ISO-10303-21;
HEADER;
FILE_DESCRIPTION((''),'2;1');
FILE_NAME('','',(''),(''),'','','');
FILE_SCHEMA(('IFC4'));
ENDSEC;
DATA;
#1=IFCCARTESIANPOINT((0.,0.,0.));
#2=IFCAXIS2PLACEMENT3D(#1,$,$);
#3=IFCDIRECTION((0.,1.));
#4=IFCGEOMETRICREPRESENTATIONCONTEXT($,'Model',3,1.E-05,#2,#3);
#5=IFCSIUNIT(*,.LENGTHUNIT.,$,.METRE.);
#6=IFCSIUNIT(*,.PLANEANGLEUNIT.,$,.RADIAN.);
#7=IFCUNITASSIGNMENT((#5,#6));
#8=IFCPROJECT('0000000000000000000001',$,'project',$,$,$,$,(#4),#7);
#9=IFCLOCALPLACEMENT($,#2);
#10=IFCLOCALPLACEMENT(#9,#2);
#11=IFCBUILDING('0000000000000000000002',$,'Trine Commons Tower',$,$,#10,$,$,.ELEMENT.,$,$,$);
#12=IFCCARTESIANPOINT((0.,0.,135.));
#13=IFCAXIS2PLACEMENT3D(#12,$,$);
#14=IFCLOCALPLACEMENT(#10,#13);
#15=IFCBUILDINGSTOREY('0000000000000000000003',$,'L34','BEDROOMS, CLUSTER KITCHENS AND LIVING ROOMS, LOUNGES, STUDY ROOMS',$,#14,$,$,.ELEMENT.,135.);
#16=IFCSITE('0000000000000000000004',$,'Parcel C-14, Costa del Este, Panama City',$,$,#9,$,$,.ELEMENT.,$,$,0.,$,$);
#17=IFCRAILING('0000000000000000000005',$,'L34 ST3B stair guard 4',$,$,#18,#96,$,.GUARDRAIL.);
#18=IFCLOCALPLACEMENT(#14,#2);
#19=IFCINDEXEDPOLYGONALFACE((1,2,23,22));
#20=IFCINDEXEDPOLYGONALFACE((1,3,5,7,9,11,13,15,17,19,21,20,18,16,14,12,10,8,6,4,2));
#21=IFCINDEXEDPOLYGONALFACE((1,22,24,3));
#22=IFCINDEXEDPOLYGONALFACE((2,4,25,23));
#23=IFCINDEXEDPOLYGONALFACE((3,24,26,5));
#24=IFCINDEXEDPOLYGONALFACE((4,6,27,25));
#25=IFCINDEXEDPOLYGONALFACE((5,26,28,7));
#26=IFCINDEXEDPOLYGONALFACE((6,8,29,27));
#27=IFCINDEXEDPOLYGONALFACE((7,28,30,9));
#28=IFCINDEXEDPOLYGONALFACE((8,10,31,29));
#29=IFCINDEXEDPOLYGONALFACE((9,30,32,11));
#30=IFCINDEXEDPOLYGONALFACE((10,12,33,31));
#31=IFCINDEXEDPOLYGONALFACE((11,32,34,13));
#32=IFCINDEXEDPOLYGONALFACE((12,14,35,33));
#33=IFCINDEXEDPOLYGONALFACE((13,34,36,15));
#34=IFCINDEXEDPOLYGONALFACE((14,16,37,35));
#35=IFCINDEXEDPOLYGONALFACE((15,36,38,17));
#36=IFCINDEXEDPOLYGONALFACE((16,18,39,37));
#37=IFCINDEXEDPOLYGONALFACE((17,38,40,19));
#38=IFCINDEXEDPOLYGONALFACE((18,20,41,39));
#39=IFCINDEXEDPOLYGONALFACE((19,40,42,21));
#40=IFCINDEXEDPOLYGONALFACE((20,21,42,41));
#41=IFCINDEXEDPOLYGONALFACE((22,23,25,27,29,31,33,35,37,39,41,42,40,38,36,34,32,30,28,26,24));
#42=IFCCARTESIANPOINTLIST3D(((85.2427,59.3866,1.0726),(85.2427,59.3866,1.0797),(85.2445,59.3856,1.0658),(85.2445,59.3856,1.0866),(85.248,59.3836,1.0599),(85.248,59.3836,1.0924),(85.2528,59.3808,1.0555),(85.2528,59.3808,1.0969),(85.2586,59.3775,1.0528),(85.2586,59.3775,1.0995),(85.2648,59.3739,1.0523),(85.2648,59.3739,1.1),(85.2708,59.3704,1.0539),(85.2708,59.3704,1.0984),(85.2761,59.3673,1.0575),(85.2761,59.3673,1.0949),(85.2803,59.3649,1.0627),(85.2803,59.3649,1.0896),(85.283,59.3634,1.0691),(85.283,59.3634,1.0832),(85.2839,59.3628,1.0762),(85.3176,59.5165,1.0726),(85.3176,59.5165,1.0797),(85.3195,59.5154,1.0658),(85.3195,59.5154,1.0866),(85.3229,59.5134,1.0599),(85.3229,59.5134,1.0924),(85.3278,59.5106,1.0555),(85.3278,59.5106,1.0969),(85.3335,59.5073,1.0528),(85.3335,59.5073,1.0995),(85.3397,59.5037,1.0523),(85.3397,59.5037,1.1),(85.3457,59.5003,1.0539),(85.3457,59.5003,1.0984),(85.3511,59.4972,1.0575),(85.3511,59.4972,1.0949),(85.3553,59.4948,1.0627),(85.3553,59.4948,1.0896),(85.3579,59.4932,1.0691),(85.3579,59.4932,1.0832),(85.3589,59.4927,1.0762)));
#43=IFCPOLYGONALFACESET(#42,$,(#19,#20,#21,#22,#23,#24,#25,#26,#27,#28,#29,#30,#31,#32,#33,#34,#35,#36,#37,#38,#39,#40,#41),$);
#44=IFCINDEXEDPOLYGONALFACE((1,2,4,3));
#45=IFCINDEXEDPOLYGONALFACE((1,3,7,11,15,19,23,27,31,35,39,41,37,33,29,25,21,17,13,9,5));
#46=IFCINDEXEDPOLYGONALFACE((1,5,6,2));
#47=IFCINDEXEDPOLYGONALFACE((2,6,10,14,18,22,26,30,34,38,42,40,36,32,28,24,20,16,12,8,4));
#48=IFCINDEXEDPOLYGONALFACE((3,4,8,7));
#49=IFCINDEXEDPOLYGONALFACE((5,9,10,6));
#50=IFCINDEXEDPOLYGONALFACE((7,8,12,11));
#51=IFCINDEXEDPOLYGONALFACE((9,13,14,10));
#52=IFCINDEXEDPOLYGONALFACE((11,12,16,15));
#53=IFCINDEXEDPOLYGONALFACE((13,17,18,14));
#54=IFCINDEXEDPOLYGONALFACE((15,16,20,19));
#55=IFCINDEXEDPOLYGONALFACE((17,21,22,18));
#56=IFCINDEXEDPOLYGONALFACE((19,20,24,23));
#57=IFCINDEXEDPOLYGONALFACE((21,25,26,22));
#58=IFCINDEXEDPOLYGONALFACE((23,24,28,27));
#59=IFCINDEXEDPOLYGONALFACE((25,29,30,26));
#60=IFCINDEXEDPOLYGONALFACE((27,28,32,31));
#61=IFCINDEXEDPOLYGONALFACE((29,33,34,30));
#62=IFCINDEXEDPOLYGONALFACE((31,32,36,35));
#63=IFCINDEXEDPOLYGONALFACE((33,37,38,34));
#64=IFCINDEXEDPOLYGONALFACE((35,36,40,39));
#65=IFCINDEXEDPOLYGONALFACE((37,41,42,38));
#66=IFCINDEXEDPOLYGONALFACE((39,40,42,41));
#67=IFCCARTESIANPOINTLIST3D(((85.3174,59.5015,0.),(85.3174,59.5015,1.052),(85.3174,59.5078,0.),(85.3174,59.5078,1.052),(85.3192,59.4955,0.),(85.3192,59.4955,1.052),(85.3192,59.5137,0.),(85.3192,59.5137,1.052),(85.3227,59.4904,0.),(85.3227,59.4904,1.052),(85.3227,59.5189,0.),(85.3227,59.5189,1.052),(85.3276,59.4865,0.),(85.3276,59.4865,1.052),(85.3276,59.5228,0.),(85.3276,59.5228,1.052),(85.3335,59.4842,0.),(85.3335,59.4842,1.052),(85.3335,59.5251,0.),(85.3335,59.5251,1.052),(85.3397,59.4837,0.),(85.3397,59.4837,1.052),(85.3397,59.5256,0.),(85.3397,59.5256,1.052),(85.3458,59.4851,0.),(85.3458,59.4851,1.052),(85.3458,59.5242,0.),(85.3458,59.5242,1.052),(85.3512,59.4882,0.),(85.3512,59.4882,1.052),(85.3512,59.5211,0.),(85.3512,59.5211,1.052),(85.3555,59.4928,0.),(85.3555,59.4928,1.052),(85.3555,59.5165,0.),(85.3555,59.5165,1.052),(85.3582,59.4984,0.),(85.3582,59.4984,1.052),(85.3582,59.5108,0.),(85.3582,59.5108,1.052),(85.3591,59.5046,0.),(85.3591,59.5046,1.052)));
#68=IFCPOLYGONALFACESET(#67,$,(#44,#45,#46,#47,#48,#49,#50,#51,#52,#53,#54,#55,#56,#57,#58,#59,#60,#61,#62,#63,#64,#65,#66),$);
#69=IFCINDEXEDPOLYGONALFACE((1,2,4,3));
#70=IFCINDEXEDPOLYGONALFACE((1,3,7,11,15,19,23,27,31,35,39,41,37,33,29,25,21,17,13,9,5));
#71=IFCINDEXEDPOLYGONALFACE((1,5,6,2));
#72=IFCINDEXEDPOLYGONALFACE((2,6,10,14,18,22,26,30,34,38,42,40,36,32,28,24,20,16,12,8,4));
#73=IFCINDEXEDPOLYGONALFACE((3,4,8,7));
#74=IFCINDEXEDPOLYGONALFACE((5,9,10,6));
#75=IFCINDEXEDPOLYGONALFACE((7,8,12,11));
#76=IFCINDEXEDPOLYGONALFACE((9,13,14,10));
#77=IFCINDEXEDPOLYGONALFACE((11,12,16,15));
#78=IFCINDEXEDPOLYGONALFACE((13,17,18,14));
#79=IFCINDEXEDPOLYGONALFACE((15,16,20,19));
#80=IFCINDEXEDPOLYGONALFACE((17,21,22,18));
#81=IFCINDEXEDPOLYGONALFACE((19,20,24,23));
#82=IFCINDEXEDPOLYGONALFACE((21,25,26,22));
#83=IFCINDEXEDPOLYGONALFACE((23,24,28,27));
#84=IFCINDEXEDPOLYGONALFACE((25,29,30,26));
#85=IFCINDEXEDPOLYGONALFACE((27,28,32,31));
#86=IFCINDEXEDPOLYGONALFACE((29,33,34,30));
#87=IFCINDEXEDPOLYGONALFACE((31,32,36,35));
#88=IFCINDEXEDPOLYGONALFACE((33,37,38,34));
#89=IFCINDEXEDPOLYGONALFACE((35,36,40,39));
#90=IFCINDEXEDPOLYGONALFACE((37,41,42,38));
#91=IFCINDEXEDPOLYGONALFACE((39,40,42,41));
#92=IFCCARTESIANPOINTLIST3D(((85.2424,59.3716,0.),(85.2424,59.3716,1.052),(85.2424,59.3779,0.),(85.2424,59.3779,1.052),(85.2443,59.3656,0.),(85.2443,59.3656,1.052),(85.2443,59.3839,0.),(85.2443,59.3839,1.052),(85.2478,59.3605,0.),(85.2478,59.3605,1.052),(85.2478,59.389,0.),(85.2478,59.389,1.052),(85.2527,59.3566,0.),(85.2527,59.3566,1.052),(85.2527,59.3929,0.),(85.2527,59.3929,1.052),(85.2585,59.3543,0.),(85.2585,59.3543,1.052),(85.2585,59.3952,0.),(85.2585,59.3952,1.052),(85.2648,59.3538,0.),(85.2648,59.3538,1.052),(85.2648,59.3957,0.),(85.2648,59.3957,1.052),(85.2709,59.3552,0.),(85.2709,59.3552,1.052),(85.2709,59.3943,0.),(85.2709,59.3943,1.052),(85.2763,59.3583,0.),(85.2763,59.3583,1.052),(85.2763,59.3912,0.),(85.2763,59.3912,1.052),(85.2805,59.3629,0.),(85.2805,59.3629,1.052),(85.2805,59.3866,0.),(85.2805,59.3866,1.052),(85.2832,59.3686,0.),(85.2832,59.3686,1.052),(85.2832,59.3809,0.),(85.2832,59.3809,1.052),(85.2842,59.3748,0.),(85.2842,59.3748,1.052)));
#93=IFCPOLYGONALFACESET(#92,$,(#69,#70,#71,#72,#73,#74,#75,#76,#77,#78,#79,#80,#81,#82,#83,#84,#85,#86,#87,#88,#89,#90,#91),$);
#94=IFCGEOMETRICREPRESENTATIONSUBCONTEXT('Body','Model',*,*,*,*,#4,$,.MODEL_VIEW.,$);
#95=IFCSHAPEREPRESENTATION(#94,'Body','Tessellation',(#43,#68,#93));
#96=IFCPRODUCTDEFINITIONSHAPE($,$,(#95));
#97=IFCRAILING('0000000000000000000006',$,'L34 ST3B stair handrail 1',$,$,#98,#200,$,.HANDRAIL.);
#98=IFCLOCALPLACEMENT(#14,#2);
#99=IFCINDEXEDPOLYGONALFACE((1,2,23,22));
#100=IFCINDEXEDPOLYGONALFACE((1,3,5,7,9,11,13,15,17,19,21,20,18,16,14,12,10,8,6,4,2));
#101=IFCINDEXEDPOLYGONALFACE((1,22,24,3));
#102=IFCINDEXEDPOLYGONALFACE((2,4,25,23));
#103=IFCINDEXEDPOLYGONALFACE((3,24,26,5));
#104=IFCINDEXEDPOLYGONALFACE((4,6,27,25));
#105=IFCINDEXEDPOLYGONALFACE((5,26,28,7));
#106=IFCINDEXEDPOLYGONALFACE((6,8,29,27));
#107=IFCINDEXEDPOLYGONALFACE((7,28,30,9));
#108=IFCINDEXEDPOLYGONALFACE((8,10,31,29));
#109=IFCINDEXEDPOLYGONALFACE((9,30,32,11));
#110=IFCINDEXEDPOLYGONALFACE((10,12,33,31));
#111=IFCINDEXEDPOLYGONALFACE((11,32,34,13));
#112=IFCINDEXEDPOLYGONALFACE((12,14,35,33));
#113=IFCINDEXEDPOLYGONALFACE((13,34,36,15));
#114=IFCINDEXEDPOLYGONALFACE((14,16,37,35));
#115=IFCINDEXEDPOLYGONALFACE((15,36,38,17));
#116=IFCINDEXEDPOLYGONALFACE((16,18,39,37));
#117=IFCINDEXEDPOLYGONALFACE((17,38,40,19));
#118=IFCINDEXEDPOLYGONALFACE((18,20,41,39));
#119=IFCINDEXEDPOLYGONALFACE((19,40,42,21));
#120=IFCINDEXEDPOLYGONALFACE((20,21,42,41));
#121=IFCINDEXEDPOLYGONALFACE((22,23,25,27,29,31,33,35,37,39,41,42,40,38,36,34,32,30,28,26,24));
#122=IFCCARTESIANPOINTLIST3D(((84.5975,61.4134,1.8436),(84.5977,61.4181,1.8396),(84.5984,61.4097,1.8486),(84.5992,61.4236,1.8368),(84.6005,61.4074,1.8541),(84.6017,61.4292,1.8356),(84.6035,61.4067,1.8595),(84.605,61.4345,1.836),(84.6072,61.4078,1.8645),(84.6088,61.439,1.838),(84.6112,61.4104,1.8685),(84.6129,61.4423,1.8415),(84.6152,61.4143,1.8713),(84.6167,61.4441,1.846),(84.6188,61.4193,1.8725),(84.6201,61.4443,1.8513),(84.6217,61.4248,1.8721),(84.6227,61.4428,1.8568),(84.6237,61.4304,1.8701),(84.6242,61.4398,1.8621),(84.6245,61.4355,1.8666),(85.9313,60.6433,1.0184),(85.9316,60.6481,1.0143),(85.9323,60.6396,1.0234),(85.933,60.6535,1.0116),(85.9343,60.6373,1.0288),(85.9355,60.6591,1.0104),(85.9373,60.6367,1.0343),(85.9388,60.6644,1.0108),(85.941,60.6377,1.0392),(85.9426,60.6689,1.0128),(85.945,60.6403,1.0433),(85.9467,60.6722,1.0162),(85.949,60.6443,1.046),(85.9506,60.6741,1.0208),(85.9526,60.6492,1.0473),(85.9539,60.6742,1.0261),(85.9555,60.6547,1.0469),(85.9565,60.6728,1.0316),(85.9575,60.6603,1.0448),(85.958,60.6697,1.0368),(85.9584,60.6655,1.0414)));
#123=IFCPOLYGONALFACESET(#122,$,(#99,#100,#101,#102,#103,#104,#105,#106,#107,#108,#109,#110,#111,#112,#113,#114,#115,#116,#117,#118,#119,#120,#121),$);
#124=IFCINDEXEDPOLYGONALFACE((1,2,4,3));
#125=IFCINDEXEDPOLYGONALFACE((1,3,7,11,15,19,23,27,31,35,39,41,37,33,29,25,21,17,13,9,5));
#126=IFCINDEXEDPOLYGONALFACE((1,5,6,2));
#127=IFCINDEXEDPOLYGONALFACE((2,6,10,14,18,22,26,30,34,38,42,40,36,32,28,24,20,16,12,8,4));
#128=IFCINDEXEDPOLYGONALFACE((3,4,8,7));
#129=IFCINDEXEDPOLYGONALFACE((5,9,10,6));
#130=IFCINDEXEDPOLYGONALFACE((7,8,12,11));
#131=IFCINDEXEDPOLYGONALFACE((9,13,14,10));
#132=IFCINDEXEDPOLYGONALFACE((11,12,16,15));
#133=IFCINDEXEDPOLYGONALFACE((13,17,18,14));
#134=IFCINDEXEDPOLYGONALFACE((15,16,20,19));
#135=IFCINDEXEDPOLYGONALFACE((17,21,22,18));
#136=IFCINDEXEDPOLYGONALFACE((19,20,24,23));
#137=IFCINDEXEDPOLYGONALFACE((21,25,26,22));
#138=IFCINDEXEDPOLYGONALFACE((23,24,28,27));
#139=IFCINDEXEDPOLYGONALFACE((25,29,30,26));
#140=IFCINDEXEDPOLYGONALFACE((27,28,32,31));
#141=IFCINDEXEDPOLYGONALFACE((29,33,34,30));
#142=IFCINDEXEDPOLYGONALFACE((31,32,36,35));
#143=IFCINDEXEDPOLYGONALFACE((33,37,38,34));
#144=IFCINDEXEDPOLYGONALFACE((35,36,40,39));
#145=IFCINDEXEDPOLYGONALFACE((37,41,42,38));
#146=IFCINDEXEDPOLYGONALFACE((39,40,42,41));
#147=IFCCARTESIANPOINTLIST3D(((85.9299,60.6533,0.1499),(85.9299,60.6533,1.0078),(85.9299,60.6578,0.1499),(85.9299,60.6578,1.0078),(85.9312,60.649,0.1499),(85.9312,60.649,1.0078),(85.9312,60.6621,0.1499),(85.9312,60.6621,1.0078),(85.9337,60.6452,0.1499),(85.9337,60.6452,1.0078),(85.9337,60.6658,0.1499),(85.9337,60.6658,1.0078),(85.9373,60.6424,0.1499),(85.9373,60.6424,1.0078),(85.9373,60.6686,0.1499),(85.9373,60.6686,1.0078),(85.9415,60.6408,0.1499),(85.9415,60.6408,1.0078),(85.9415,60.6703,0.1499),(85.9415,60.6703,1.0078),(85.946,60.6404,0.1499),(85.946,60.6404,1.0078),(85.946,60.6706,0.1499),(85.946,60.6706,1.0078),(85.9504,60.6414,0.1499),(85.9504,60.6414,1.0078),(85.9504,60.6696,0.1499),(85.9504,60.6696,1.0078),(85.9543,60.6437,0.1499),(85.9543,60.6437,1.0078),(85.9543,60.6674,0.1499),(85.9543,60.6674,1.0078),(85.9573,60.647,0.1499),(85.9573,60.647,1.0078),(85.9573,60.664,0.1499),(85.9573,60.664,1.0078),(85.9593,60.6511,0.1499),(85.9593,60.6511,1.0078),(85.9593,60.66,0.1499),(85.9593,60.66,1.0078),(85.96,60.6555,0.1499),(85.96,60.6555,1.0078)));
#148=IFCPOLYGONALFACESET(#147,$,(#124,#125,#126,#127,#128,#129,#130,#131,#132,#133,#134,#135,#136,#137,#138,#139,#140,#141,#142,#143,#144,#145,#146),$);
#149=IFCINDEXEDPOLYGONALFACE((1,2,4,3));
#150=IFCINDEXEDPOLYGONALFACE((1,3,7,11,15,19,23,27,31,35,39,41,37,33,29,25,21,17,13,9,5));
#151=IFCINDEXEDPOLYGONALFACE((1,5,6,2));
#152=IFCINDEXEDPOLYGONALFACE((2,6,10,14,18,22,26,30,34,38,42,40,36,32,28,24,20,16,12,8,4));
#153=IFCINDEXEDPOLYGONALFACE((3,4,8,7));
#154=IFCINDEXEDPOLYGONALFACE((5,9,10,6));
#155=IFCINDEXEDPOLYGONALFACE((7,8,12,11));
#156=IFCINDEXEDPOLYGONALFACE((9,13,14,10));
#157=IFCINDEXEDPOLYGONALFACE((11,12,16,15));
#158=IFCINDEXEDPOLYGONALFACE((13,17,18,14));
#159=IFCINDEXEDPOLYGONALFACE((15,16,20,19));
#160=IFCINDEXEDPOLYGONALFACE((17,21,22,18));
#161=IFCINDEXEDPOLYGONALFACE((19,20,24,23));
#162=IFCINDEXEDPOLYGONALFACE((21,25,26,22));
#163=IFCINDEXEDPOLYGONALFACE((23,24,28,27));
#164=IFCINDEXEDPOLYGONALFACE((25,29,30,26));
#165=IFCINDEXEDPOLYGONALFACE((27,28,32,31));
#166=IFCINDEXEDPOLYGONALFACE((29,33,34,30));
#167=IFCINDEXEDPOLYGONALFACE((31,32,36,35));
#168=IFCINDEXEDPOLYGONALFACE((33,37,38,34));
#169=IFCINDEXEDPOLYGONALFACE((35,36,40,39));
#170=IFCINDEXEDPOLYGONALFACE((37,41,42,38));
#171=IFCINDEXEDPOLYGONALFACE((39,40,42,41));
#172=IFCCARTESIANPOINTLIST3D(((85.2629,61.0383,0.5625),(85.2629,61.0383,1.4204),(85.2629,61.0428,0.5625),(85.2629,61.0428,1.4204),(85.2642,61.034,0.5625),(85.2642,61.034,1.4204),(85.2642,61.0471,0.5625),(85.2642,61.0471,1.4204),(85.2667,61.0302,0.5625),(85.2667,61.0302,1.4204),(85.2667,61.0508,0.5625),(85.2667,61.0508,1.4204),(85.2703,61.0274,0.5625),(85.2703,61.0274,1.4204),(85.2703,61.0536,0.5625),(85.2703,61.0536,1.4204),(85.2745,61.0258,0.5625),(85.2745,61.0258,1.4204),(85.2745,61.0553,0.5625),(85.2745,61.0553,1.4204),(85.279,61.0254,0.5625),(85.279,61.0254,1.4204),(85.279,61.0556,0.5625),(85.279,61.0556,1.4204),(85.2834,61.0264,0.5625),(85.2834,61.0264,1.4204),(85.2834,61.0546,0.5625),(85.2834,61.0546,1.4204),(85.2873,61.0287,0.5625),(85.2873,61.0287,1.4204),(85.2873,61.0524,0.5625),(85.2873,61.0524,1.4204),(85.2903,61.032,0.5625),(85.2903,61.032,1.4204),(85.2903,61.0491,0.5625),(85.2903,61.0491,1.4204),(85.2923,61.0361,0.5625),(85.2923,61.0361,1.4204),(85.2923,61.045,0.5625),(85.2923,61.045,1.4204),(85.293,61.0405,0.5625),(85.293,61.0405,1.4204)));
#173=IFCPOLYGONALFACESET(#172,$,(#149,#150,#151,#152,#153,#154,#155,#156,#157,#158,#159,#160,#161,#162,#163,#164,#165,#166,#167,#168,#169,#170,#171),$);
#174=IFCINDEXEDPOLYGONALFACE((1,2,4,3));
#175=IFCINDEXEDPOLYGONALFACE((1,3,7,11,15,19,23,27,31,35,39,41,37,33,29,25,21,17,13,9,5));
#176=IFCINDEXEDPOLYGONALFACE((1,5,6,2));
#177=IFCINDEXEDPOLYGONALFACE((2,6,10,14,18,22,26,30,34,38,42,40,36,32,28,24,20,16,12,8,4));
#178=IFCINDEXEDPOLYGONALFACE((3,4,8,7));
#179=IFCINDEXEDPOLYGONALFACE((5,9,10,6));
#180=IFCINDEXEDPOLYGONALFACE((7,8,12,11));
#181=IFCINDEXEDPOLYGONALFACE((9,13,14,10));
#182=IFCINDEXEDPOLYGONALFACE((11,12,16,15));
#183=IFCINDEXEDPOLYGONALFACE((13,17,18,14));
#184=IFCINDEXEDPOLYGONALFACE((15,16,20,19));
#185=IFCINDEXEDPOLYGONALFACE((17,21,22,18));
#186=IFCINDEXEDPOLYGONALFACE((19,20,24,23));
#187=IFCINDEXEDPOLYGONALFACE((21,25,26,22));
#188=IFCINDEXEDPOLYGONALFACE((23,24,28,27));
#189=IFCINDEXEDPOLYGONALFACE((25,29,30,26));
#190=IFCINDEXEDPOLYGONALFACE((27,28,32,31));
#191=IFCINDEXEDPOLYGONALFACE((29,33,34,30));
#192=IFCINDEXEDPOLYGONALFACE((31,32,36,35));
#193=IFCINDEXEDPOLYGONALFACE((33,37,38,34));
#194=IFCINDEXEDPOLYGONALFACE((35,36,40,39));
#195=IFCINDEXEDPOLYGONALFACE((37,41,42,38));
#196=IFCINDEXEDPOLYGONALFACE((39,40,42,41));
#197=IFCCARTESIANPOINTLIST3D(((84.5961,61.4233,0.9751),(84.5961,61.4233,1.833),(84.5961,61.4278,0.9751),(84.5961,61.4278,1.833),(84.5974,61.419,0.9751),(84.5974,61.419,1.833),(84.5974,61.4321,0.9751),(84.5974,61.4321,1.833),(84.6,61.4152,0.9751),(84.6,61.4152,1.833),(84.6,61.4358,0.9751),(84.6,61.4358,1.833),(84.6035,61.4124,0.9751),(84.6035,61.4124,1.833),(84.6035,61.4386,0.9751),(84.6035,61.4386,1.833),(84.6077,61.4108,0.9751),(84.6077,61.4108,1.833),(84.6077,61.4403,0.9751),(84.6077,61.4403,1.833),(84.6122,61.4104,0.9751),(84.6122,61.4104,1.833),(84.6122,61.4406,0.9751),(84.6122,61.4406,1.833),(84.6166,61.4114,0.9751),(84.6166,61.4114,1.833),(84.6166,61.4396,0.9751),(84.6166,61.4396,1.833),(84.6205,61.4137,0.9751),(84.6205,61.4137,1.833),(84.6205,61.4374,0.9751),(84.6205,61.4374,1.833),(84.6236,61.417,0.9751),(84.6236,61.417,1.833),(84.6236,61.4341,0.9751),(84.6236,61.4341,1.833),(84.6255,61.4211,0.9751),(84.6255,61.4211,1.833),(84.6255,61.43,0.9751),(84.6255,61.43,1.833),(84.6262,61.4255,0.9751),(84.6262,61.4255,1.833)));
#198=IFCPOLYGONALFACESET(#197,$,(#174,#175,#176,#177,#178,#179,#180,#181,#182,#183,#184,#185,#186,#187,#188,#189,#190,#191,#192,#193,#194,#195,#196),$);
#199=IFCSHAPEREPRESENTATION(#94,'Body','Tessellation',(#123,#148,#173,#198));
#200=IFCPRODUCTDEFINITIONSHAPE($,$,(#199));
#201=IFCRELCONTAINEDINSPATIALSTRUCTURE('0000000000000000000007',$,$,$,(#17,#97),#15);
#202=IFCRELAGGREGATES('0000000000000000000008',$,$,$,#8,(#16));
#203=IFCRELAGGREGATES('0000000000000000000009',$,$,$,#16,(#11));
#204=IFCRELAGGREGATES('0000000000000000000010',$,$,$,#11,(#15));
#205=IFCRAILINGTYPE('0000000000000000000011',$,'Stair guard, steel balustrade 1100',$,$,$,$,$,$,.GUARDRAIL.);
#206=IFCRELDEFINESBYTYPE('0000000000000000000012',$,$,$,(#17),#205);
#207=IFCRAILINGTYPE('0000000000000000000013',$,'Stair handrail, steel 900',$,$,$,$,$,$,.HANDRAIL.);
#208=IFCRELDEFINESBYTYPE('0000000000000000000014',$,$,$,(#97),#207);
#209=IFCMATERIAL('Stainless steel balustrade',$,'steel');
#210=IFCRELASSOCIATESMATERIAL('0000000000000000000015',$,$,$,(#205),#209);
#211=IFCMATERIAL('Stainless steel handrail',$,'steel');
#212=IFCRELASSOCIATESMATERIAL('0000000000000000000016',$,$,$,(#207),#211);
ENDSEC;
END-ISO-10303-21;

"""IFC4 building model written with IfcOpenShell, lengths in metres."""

from ifc_helpers import new_model, si_unit, direction, frame, origin, origin_2d, place, context, subcontext, project, spatial, circle, extrude, material, type_object, element, save


model = new_model("IFC4")

# Units and contexts
model_context = context("Model", 3, precision=1e-05, world=origin(), true_north=direction((0.0, 1.0)))
body_context = subcontext(model_context, "Body", "Model", "MODEL_VIEW")
ifc_project = project(units=[si_unit("LENGTHUNIT", "METRE"), si_unit("PLANEANGLEUNIT", "RADIAN")], contexts=[model_context])

# Site, building, storey
site_placement = place(None, origin())
site = spatial("IfcSite", under=ifc_project, at=site_placement, Name="Parcel C-14, Costa del Este, Panama City", CompositionType="ELEMENT", RefElevation=0.0)
building_placement = place(site_placement, origin())
building = spatial("IfcBuilding", under=site, at=building_placement, Name="Trine Commons Tower", CompositionType="ELEMENT")
storey_placement = place(building_placement, frame((0.0, 0.0, 135.0)))
storey = spatial("IfcBuildingStorey", under=building, at=storey_placement, Name="L34", Description="BEDROOMS, CLUSTER KITCHENS AND LIVING ROOMS, LOUNGES, STUDY ROOMS", CompositionType="ELEMENT", Elevation=135.0)

# Railings
ifc_material_1 = material(Name="Stainless steel balustrade", Category="steel")
railing_type_1 = type_object("IfcRailingType", Name="Stair guard, steel balustrade 1100", PredefinedType="GUARDRAIL", material=ifc_material_1)
railing_1_placement = place(storey_placement, frame((85.3381, 59.5046, 0.0)))
element("IfcRailing", 1, at=railing_1_placement, inside=storey, type_object=railing_type_1, Name="L34 ST3B stair guard 4", PredefinedType="GUARDRAIL", context=body_context, shape_type="SweptSolid", body=[
    extrude(circle(Radius=0.0239, at=origin_2d()), frame((0.0, 0.0, 1.0762), z_axis=(-0.499816, -0.866131, 0.0), x_axis=(0.866131, -0.499816, 0.0)), (0.0, 0.0, 1.0), 0.1499),
    extrude(circle(Radius=0.021, at=origin_2d()), origin(), (0.0, 0.0, 1.0), 1.052),
    extrude(circle(Radius=0.021, at=origin_2d()), frame((-0.075, -0.1299, 0.0)), (0.0, 0.0, 1.0), 1.052),
])
ifc_material_2 = material(Name="Stainless steel handrail", Category="steel")
railing_type_2 = type_object("IfcRailingType", Name="Stair handrail, steel 900", PredefinedType="HANDRAIL", material=ifc_material_2)
railing_2_placement = place(storey_placement, frame((85.9448, 60.6555, 0.1499)))
element("IfcRailing", 2, at=railing_2_placement, inside=storey, type_object=railing_type_2, Name="L34 ST3B stair handrail 1", PredefinedType="HANDRAIL", context=body_context, shape_type="SweptSolid", body=[
    extrude(circle(Radius=0.021, at=origin_2d()), frame((0.0, 0.0, 0.8789), z_axis=(-0.763355, 0.440714, 0.472293), x_axis=(-0.499992, -0.86603, 0.0)), (0.0, 0.0, 1.0), 1.7473),
    extrude(circle(Radius=0.0151, at=origin_2d()), origin(), (0.0, 0.0, 1.0), 0.8579),
    extrude(circle(Radius=0.0151, at=origin_2d()), frame((-0.667, 0.385, 0.4126)), (0.0, 0.0, 1.0), 0.8579),
    extrude(circle(Radius=0.0151, at=origin_2d()), frame((-1.3337, 0.77, 0.8252)), (0.0, 0.0, 1.0), 0.8579),
])

save(model, "model.ifc")
